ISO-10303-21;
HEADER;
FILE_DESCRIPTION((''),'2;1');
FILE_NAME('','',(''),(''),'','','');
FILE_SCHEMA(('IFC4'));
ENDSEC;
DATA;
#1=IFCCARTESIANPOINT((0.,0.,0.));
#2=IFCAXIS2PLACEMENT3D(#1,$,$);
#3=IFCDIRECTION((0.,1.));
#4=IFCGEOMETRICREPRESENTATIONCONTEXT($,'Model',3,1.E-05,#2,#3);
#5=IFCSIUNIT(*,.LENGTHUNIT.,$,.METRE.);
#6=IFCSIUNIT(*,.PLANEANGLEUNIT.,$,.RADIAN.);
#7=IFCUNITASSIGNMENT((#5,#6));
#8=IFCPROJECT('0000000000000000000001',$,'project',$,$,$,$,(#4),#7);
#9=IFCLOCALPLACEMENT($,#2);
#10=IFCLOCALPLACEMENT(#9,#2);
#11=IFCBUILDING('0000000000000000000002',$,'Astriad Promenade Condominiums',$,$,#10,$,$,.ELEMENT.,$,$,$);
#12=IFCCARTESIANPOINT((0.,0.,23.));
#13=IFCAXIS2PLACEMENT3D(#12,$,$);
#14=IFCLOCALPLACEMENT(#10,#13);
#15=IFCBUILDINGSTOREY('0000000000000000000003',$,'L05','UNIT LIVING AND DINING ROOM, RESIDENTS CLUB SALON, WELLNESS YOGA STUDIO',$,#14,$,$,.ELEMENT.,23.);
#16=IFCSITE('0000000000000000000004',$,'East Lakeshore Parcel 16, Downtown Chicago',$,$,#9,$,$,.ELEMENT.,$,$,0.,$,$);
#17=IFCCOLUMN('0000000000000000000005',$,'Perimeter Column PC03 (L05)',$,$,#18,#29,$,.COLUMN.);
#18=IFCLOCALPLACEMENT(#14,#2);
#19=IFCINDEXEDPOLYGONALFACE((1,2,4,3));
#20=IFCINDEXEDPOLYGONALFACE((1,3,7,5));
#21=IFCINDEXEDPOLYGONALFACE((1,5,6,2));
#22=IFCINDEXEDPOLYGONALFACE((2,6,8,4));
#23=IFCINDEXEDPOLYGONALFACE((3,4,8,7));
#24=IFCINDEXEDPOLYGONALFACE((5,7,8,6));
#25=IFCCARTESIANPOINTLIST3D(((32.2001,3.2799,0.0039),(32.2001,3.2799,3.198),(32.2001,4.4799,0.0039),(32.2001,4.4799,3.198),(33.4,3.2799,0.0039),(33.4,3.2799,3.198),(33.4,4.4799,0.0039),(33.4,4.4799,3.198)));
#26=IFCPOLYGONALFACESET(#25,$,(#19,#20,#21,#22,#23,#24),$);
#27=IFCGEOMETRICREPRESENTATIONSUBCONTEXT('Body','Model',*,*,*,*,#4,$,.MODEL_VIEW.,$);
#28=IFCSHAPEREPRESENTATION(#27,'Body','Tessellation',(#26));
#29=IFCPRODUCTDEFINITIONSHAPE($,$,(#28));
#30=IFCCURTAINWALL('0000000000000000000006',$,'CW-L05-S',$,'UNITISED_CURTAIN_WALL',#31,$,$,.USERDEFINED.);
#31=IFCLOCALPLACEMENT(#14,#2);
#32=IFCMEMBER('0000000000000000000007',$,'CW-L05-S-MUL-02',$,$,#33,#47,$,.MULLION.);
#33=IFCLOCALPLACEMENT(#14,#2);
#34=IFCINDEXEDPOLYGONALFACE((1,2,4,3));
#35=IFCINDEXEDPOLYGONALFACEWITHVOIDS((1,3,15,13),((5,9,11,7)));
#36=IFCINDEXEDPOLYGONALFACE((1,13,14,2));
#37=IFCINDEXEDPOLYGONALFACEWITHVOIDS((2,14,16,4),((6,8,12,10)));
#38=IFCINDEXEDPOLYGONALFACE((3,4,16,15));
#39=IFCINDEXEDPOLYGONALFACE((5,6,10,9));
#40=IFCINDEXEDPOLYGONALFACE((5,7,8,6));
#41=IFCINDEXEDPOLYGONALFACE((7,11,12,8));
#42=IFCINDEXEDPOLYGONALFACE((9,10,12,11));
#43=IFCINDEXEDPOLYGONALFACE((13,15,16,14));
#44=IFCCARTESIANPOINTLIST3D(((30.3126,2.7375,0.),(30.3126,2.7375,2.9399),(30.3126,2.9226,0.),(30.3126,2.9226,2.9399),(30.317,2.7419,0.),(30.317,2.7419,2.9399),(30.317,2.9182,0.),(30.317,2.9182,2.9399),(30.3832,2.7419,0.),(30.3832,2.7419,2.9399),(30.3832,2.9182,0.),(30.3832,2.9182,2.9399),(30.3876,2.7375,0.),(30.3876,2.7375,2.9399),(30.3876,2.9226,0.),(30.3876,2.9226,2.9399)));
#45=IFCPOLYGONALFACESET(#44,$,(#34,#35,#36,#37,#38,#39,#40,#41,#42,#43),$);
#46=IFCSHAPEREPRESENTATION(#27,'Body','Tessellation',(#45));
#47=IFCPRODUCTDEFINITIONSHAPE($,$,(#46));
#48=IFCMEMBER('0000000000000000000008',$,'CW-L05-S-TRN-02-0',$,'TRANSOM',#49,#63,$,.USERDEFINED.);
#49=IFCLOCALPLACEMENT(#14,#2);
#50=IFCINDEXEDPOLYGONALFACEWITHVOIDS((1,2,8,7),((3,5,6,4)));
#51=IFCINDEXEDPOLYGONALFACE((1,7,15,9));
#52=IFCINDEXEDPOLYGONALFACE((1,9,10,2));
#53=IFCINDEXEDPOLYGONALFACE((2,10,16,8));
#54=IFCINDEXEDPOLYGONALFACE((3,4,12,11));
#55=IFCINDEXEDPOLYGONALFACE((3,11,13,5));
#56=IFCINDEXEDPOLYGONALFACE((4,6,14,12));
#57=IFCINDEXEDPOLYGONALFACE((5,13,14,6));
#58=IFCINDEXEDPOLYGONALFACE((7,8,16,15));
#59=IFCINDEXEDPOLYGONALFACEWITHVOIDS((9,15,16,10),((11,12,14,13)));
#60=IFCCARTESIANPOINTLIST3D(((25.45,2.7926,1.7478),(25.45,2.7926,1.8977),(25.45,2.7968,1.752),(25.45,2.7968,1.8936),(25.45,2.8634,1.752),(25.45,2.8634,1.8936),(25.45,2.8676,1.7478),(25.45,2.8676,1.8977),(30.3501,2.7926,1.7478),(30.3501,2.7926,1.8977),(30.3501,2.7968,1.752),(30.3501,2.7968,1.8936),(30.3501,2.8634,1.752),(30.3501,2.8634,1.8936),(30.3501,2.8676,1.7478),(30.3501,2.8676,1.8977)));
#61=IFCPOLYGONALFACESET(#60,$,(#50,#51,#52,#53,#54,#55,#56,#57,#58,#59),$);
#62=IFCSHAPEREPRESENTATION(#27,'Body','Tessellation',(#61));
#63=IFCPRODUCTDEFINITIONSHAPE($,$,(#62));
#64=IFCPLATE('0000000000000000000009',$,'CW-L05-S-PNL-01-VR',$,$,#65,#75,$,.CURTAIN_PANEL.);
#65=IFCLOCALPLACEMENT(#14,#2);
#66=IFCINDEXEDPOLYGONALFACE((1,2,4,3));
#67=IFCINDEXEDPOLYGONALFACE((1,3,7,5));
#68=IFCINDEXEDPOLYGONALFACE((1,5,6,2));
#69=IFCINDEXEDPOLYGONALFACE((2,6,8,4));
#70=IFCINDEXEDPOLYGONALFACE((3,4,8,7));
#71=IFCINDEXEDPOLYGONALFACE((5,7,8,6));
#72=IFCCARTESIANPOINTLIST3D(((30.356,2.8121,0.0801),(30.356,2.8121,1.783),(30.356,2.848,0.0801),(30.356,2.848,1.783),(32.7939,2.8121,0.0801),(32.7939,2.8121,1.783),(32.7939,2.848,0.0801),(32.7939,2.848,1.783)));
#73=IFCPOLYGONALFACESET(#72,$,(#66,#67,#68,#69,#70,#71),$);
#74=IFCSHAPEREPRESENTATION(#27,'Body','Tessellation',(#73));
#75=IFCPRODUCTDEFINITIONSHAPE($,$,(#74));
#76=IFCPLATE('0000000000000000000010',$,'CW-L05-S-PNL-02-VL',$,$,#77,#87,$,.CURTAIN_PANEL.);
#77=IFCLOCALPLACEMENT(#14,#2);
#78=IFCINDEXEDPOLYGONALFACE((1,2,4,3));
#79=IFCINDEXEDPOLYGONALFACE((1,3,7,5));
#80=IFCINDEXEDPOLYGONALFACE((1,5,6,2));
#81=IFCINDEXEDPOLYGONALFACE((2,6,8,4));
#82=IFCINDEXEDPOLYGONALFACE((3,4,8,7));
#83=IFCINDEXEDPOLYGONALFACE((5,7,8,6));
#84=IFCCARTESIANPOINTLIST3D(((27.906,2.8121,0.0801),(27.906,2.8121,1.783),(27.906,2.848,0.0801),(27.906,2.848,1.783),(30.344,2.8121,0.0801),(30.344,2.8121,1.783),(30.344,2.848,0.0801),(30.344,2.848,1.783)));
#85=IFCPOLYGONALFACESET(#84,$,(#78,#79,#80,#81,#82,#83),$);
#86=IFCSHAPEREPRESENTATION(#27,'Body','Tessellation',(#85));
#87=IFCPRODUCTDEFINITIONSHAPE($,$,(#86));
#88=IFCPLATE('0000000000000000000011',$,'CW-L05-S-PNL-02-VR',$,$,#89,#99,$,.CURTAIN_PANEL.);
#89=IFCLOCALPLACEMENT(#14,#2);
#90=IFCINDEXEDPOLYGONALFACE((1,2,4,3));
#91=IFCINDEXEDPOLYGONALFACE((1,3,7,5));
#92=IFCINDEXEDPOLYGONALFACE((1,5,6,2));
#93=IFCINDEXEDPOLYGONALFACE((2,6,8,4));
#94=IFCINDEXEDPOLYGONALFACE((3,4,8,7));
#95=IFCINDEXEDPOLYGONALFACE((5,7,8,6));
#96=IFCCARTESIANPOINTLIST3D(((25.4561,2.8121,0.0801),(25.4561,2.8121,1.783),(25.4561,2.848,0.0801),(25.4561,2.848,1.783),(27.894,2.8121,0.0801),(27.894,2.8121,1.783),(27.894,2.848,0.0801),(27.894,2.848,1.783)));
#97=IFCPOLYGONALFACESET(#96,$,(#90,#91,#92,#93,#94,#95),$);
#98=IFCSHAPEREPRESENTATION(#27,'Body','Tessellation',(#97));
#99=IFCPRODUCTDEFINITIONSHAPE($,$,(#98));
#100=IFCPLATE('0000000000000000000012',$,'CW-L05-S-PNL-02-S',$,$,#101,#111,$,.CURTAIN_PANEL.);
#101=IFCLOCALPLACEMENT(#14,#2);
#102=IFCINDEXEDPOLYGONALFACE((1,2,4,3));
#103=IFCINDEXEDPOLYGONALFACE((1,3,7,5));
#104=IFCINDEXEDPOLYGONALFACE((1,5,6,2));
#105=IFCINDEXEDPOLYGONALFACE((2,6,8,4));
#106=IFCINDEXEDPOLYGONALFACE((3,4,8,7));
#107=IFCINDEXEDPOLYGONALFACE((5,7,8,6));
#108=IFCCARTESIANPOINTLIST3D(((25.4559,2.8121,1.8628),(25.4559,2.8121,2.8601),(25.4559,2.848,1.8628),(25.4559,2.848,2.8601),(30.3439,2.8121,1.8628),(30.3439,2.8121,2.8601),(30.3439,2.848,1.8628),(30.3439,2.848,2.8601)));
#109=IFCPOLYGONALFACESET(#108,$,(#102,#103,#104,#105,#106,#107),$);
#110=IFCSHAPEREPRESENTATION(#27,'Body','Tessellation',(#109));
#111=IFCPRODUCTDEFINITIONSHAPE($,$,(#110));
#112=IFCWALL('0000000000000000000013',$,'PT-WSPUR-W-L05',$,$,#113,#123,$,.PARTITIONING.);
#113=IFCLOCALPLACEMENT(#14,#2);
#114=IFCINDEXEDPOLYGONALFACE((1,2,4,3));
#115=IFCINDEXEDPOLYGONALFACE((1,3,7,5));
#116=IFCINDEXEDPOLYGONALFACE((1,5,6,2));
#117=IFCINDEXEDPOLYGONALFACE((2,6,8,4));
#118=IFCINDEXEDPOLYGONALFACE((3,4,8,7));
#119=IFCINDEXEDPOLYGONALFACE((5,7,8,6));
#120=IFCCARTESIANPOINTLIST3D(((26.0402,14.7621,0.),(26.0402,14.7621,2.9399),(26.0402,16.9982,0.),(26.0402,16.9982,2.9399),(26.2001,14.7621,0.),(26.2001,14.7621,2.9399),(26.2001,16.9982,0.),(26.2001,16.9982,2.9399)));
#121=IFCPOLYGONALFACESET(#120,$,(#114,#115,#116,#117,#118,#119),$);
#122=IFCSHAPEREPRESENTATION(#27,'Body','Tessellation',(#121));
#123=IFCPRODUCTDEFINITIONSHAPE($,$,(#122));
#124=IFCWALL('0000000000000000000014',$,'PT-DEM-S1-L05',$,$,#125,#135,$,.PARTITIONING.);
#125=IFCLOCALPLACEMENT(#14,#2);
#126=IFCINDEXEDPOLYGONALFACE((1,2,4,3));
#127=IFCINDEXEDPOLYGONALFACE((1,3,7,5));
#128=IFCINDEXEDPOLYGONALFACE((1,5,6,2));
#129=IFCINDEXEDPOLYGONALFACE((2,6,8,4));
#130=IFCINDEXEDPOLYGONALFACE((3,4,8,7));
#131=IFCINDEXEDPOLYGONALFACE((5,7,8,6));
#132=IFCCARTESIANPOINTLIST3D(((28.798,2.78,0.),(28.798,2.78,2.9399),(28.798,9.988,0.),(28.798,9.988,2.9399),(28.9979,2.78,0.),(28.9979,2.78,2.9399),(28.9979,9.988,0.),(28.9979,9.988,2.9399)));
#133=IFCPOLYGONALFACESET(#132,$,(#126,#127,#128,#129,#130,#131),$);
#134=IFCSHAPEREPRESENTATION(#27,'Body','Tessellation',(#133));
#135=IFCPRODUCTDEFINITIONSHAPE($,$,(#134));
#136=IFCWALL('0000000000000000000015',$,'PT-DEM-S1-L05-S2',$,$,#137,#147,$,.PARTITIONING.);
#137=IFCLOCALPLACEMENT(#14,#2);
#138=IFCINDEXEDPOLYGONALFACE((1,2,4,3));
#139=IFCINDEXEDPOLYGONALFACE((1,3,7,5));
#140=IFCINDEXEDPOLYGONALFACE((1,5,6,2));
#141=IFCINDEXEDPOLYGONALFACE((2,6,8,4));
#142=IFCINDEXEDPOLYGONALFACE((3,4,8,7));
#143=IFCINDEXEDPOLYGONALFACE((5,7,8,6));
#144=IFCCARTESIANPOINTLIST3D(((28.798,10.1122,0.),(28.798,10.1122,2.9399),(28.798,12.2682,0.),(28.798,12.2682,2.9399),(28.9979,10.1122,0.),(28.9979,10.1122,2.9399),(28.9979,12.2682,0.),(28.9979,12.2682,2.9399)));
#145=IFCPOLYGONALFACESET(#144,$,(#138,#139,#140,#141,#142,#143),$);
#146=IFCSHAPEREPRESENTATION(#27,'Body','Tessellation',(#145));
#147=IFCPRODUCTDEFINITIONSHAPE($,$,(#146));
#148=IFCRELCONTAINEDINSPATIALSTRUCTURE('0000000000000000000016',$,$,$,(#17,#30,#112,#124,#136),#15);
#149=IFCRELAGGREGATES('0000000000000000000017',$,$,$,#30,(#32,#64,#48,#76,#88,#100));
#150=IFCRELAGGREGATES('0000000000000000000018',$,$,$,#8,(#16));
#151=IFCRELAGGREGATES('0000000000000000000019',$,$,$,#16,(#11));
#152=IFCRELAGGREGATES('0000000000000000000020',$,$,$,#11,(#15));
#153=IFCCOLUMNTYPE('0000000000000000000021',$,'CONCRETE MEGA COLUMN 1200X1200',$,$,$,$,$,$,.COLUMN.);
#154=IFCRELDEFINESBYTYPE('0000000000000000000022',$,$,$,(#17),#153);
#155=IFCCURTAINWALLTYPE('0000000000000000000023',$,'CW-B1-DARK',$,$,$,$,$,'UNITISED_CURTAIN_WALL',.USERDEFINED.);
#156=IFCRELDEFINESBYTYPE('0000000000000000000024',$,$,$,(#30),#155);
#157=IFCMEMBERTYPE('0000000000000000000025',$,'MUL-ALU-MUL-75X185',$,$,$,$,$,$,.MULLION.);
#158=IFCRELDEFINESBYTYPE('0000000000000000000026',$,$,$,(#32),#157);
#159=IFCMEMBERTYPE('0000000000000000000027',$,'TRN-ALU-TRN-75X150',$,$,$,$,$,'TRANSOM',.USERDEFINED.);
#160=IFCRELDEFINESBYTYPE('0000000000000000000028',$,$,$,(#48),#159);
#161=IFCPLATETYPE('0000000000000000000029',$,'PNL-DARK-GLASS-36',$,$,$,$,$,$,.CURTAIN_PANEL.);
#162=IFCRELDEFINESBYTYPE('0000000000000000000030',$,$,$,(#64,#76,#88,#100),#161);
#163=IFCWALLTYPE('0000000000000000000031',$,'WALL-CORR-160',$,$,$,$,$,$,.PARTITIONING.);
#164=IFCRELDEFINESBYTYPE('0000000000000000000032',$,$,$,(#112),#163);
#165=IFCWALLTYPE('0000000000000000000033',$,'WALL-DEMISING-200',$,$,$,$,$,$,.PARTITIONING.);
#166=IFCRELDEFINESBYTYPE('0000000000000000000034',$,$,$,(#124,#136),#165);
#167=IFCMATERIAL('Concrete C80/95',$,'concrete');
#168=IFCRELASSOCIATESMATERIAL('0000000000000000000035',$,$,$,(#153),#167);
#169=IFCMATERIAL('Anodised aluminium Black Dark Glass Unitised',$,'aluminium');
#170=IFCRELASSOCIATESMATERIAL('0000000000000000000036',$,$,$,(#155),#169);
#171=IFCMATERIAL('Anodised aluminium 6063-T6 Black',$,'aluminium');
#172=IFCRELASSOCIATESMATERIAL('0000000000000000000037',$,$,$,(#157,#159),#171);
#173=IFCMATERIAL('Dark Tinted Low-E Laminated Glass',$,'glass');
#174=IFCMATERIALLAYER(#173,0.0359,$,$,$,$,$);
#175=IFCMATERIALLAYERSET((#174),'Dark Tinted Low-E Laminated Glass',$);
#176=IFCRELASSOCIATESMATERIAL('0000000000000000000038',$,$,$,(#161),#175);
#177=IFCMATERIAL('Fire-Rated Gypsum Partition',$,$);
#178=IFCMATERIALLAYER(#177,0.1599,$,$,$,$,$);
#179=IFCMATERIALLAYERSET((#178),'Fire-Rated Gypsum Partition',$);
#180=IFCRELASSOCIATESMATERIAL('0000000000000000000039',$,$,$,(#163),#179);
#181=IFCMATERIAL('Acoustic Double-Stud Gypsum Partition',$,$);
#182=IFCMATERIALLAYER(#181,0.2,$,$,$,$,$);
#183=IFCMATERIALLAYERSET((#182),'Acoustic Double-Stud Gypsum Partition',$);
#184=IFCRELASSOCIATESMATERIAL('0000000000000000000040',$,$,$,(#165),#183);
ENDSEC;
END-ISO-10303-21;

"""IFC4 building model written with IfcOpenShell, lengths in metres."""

from ifc_helpers import new_model, si_unit, direction, frame, frame_2d, origin, origin_2d, place, context, subcontext, project, spatial, rectangle, hollow_rectangle, extrude, source, transform, mapped, material, layer, layer_set, material_profile, profile_set, type_object, type_shapes, element, aggregate, save


model = new_model("IFC4")

# Units and contexts
model_context = context("Model", 3, precision=1e-05, world=origin(), true_north=direction((0.0, 1.0)))
body_context = subcontext(model_context, "Body", "Model", "MODEL_VIEW")
ifc_project = project(units=[si_unit("LENGTHUNIT", "METRE"), si_unit("PLANEANGLEUNIT", "RADIAN")], contexts=[model_context])

# Site, building, storey
site_placement = place(None, origin())
site = spatial("IfcSite", under=ifc_project, at=site_placement, Name="East Lakeshore Parcel 16, Downtown Chicago", CompositionType="ELEMENT", RefElevation=0.0)
building_placement = place(site_placement, origin())
building = spatial("IfcBuilding", under=site, at=building_placement, Name="Astriad Promenade Condominiums", CompositionType="ELEMENT")
storey_placement = place(building_placement, frame((0.0, 0.0, 23.0)))
storey = spatial("IfcBuildingStorey", under=building, at=storey_placement, Name="L05", Description="UNIT LIVING AND DINING ROOM, RESIDENTS CLUB SALON, WELLNESS YOGA STUDIO", CompositionType="ELEMENT", Elevation=23.0)

# Column
ifc_material_1 = material(Name="Concrete C80/95", Category="concrete")
ifc_material_profile_1 = material_profile(ifc_material_1, rectangle(XDim=1.2, YDim=1.2, at=origin_2d()), Name="RC-COL-1200X1200")
ifc_profile_set_1 = profile_set([ifc_material_profile_1], Name="Concrete C80/95")
column_type = type_object("IfcColumnType", Name="CONCRETE MEGA COLUMN 1200X1200", PredefinedType="COLUMN", material=ifc_profile_set_1)
shared_shape_1 = source(origin(), body_context, "Body", "SweptSolid", [
    extrude(rectangle(XDim=1.2, YDim=1.2, at=origin_2d()), origin(), (0.0, 0.0, 1.0), 3.1941),
])
type_shapes(column_type, [shared_shape_1])
column_placement = place(storey_placement, frame((32.8, 3.8799, 0.0039), z_axis=(0.0, 0.0, 1.0), x_axis=(1.0, 0.0, 0.0)))
element("IfcColumn", 1, at=column_placement, inside=storey, type_object=column_type, Name="Perimeter Column PC03 (L05)", PredefinedType="COLUMN", context=body_context, shape_type="MappedRepresentation", body=[
    mapped(shared_shape_1, transform((0.0, 0.0, 0.0), scale=1.0)),
])

# Curtain wall, members, plates
ifc_material_2 = material(Name="Anodised aluminium Black Dark Glass Unitised", Category="aluminium")
curtain_wall_type = type_object("IfcCurtainWallType", Name="CW-B1-DARK", ElementType="UNITISED_CURTAIN_WALL", PredefinedType="USERDEFINED", material=ifc_material_2)
curtain_wall_placement = place(storey_placement, origin())
curtain_wall = element("IfcCurtainWall", 2, at=curtain_wall_placement, inside=storey, type_object=curtain_wall_type, Name="CW-L05-S", ObjectType="UNITISED_CURTAIN_WALL", PredefinedType="USERDEFINED")
ifc_material_3 = material(Name="Anodised aluminium 6063-T6 Black", Category="aluminium")
ifc_material_profile_2 = material_profile(ifc_material_3, hollow_rectangle(XDim=0.075, YDim=0.1851, WallThickness=0.0044, at=origin_2d()), Name="ALU-MUL-75X185")
ifc_profile_set_2 = profile_set([ifc_material_profile_2], Name="Anodised aluminium 6063-T6 Black")
member_type_1 = type_object("IfcMemberType", Name="MUL-ALU-MUL-75X185", PredefinedType="MULLION", material=ifc_profile_set_2)
shared_shape_2 = source(origin(), body_context, "Body", "SweptSolid", [
    extrude(hollow_rectangle(XDim=0.075, YDim=0.1851, WallThickness=0.0044, at=origin_2d()), origin(), (0.0, 0.0, 1.0), 2.9399),
])
type_shapes(member_type_1, [shared_shape_2])
member_1_placement = place(storey_placement, frame((30.3501, 2.8301, 0.0), z_axis=(0.0, 0.0, 1.0), x_axis=(1.0, 0.0, 0.0)))
member_1 = element("IfcMember", 3, at=member_1_placement, type_object=member_type_1, Name="CW-L05-S-MUL-02", PredefinedType="MULLION", context=body_context, shape_type="MappedRepresentation", body=[
    mapped(shared_shape_2, transform((0.0, 0.0, 0.0), scale=1.0)),
])
ifc_material_profile_3 = material_profile(ifc_material_3, hollow_rectangle(XDim=0.075, YDim=0.1499, WallThickness=0.0042, at=origin_2d()), Name="ALU-TRN-75X150")
ifc_profile_set_3 = profile_set([ifc_material_profile_3], Name="Anodised aluminium 6063-T6 Black")
member_type_2 = type_object("IfcMemberType", Name="TRN-ALU-TRN-75X150", ElementType="TRANSOM", PredefinedType="USERDEFINED", material=ifc_profile_set_3)
shared_shape_3 = source(origin(), body_context, "Body", "SweptSolid", [
    extrude(hollow_rectangle(XDim=0.075, YDim=0.1499, WallThickness=0.0042, at=origin_2d()), origin(), (0.0, 0.0, 1.0), 4.9001),
])
type_shapes(member_type_2, [shared_shape_3])
member_2_placement = place(storey_placement, frame((30.3501, 2.8301, 1.8228), z_axis=(-1.0, 0.0, 0.0), x_axis=(0.0, -1.0, 0.0)))
member_2 = element("IfcMember", 4, at=member_2_placement, type_object=member_type_2, Name="CW-L05-S-TRN-02-0", ObjectType="TRANSOM", PredefinedType="USERDEFINED", context=body_context, shape_type="MappedRepresentation", body=[
    mapped(shared_shape_3, transform((0.0, 0.0, 0.0), scale=1.0)),
])
ifc_material_4 = material(Name="Dark Tinted Low-E Laminated Glass", Category="glass")
ifc_layer_1 = layer(ifc_material_4, 0.0359)
ifc_layer_set_1 = layer_set([ifc_layer_1], Name="Dark Tinted Low-E Laminated Glass")
plate_type = type_object("IfcPlateType", Name="PNL-DARK-GLASS-36", PredefinedType="CURTAIN_PANEL", material=ifc_layer_set_1)
shared_shape_4 = source(origin(), body_context, "Body", "SweptSolid", [
    extrude(rectangle(XDim=2.438, YDim=0.0359, at=origin_2d()), origin(), (0.0, 0.0, 1.0), 1.7029),
])
plate_1_placement = place(storey_placement, frame((31.575, 2.8301, 0.0801), z_axis=(0.0, 0.0, 1.0), x_axis=(-1.0, 0.0, 0.0)))
plate_1 = element("IfcPlate", 5, at=plate_1_placement, type_object=plate_type, Name="CW-L05-S-PNL-01-VR", PredefinedType="CURTAIN_PANEL", context=body_context, shape_type="MappedRepresentation", body=[
    mapped(shared_shape_4, transform((0.0, 0.0, 0.0), scale=1.0)),
])
plate_2_placement = place(storey_placement, frame((29.125, 2.8301, 0.0801), z_axis=(0.0, 0.0, 1.0), x_axis=(-1.0, 0.0, 0.0)))
plate_2 = element("IfcPlate", 6, at=plate_2_placement, type_object=plate_type, Name="CW-L05-S-PNL-02-VL", PredefinedType="CURTAIN_PANEL", context=body_context, shape_type="MappedRepresentation", body=[
    mapped(shared_shape_4, transform((0.0, 0.0, 0.0), scale=1.0)),
])
plate_3_placement = place(storey_placement, frame((26.675, 2.8301, 0.0801), z_axis=(0.0, 0.0, 1.0), x_axis=(-1.0, 0.0, 0.0)))
plate_3 = element("IfcPlate", 7, at=plate_3_placement, type_object=plate_type, Name="CW-L05-S-PNL-02-VR", PredefinedType="CURTAIN_PANEL", context=body_context, shape_type="MappedRepresentation", body=[
    mapped(shared_shape_4, transform((0.0, 0.0, 0.0), scale=1.0)),
])
shared_shape_5 = source(origin(), body_context, "Body", "SweptSolid", [
    extrude(rectangle(XDim=4.8879, YDim=0.0359, at=origin_2d()), origin(), (0.0, 0.0, 1.0), 0.9973),
])
type_shapes(plate_type, [shared_shape_4, shared_shape_5])
plate_4_placement = place(storey_placement, frame((27.8999, 2.8301, 1.8628), z_axis=(0.0, 0.0, 1.0), x_axis=(-1.0, 0.0, 0.0)))
plate_4 = element("IfcPlate", 8, at=plate_4_placement, type_object=plate_type, Name="CW-L05-S-PNL-02-S", PredefinedType="CURTAIN_PANEL", context=body_context, shape_type="MappedRepresentation", body=[
    mapped(shared_shape_5, transform((0.0, 0.0, 0.0), scale=1.0)),
])
aggregate(curtain_wall, [member_1, plate_1, member_2, plate_2, plate_3, plate_4])

# Walls
ifc_material_5 = material(Name="Fire-Rated Gypsum Partition")
ifc_layer_2 = layer(ifc_material_5, 0.1599)
ifc_layer_set_2 = layer_set([ifc_layer_2], Name="Fire-Rated Gypsum Partition")
wall_type_1 = type_object("IfcWallType", Name="WALL-CORR-160", PredefinedType="PARTITIONING", material=ifc_layer_set_2)
wall_1_placement = place(storey_placement, frame((26.1201, 14.762, 0.0), z_axis=(0.0, 0.0, 1.0), x_axis=(0.0, 1.0, 0.0)))
element("IfcWall", 9, at=wall_1_placement, inside=storey, type_object=wall_type_1, Name="PT-WSPUR-W-L05", PredefinedType="PARTITIONING", context=body_context, shape_type="SweptSolid", body=[
    extrude(rectangle(XDim=2.2361, YDim=0.1599, at=frame_2d((1.1182, 0.0))), origin(), (0.0, 0.0, 1.0), 2.9399),
])
ifc_material_6 = material(Name="Acoustic Double-Stud Gypsum Partition")
ifc_layer_3 = layer(ifc_material_6, 0.2)
ifc_layer_set_3 = layer_set([ifc_layer_3], Name="Acoustic Double-Stud Gypsum Partition")
wall_type_2 = type_object("IfcWallType", Name="WALL-DEMISING-200", PredefinedType="PARTITIONING", material=ifc_layer_set_3)
wall_2_placement = place(storey_placement, frame((28.8979, 2.78, 0.0), z_axis=(0.0, 0.0, 1.0), x_axis=(0.0, 1.0, 0.0)))
element("IfcWall", 10, at=wall_2_placement, inside=storey, type_object=wall_type_2, Name="PT-DEM-S1-L05", PredefinedType="PARTITIONING", context=body_context, shape_type="SweptSolid", body=[
    extrude(rectangle(XDim=7.208, YDim=0.2, at=frame_2d((3.604, 0.0))), origin(), (0.0, 0.0, 1.0), 2.9399),
])
wall_3_placement = place(storey_placement, frame((28.8979, 10.1121, 0.0), z_axis=(0.0, 0.0, 1.0), x_axis=(0.0, 1.0, 0.0)))
element("IfcWall", 11, at=wall_3_placement, inside=storey, type_object=wall_type_2, Name="PT-DEM-S1-L05-S2", PredefinedType="PARTITIONING", context=body_context, shape_type="SweptSolid", body=[
    extrude(rectangle(XDim=2.156, YDim=0.2, at=frame_2d((1.0781, 0.0))), origin(), (0.0, 0.0, 1.0), 2.9399),
])

save(model, "model.ifc")
